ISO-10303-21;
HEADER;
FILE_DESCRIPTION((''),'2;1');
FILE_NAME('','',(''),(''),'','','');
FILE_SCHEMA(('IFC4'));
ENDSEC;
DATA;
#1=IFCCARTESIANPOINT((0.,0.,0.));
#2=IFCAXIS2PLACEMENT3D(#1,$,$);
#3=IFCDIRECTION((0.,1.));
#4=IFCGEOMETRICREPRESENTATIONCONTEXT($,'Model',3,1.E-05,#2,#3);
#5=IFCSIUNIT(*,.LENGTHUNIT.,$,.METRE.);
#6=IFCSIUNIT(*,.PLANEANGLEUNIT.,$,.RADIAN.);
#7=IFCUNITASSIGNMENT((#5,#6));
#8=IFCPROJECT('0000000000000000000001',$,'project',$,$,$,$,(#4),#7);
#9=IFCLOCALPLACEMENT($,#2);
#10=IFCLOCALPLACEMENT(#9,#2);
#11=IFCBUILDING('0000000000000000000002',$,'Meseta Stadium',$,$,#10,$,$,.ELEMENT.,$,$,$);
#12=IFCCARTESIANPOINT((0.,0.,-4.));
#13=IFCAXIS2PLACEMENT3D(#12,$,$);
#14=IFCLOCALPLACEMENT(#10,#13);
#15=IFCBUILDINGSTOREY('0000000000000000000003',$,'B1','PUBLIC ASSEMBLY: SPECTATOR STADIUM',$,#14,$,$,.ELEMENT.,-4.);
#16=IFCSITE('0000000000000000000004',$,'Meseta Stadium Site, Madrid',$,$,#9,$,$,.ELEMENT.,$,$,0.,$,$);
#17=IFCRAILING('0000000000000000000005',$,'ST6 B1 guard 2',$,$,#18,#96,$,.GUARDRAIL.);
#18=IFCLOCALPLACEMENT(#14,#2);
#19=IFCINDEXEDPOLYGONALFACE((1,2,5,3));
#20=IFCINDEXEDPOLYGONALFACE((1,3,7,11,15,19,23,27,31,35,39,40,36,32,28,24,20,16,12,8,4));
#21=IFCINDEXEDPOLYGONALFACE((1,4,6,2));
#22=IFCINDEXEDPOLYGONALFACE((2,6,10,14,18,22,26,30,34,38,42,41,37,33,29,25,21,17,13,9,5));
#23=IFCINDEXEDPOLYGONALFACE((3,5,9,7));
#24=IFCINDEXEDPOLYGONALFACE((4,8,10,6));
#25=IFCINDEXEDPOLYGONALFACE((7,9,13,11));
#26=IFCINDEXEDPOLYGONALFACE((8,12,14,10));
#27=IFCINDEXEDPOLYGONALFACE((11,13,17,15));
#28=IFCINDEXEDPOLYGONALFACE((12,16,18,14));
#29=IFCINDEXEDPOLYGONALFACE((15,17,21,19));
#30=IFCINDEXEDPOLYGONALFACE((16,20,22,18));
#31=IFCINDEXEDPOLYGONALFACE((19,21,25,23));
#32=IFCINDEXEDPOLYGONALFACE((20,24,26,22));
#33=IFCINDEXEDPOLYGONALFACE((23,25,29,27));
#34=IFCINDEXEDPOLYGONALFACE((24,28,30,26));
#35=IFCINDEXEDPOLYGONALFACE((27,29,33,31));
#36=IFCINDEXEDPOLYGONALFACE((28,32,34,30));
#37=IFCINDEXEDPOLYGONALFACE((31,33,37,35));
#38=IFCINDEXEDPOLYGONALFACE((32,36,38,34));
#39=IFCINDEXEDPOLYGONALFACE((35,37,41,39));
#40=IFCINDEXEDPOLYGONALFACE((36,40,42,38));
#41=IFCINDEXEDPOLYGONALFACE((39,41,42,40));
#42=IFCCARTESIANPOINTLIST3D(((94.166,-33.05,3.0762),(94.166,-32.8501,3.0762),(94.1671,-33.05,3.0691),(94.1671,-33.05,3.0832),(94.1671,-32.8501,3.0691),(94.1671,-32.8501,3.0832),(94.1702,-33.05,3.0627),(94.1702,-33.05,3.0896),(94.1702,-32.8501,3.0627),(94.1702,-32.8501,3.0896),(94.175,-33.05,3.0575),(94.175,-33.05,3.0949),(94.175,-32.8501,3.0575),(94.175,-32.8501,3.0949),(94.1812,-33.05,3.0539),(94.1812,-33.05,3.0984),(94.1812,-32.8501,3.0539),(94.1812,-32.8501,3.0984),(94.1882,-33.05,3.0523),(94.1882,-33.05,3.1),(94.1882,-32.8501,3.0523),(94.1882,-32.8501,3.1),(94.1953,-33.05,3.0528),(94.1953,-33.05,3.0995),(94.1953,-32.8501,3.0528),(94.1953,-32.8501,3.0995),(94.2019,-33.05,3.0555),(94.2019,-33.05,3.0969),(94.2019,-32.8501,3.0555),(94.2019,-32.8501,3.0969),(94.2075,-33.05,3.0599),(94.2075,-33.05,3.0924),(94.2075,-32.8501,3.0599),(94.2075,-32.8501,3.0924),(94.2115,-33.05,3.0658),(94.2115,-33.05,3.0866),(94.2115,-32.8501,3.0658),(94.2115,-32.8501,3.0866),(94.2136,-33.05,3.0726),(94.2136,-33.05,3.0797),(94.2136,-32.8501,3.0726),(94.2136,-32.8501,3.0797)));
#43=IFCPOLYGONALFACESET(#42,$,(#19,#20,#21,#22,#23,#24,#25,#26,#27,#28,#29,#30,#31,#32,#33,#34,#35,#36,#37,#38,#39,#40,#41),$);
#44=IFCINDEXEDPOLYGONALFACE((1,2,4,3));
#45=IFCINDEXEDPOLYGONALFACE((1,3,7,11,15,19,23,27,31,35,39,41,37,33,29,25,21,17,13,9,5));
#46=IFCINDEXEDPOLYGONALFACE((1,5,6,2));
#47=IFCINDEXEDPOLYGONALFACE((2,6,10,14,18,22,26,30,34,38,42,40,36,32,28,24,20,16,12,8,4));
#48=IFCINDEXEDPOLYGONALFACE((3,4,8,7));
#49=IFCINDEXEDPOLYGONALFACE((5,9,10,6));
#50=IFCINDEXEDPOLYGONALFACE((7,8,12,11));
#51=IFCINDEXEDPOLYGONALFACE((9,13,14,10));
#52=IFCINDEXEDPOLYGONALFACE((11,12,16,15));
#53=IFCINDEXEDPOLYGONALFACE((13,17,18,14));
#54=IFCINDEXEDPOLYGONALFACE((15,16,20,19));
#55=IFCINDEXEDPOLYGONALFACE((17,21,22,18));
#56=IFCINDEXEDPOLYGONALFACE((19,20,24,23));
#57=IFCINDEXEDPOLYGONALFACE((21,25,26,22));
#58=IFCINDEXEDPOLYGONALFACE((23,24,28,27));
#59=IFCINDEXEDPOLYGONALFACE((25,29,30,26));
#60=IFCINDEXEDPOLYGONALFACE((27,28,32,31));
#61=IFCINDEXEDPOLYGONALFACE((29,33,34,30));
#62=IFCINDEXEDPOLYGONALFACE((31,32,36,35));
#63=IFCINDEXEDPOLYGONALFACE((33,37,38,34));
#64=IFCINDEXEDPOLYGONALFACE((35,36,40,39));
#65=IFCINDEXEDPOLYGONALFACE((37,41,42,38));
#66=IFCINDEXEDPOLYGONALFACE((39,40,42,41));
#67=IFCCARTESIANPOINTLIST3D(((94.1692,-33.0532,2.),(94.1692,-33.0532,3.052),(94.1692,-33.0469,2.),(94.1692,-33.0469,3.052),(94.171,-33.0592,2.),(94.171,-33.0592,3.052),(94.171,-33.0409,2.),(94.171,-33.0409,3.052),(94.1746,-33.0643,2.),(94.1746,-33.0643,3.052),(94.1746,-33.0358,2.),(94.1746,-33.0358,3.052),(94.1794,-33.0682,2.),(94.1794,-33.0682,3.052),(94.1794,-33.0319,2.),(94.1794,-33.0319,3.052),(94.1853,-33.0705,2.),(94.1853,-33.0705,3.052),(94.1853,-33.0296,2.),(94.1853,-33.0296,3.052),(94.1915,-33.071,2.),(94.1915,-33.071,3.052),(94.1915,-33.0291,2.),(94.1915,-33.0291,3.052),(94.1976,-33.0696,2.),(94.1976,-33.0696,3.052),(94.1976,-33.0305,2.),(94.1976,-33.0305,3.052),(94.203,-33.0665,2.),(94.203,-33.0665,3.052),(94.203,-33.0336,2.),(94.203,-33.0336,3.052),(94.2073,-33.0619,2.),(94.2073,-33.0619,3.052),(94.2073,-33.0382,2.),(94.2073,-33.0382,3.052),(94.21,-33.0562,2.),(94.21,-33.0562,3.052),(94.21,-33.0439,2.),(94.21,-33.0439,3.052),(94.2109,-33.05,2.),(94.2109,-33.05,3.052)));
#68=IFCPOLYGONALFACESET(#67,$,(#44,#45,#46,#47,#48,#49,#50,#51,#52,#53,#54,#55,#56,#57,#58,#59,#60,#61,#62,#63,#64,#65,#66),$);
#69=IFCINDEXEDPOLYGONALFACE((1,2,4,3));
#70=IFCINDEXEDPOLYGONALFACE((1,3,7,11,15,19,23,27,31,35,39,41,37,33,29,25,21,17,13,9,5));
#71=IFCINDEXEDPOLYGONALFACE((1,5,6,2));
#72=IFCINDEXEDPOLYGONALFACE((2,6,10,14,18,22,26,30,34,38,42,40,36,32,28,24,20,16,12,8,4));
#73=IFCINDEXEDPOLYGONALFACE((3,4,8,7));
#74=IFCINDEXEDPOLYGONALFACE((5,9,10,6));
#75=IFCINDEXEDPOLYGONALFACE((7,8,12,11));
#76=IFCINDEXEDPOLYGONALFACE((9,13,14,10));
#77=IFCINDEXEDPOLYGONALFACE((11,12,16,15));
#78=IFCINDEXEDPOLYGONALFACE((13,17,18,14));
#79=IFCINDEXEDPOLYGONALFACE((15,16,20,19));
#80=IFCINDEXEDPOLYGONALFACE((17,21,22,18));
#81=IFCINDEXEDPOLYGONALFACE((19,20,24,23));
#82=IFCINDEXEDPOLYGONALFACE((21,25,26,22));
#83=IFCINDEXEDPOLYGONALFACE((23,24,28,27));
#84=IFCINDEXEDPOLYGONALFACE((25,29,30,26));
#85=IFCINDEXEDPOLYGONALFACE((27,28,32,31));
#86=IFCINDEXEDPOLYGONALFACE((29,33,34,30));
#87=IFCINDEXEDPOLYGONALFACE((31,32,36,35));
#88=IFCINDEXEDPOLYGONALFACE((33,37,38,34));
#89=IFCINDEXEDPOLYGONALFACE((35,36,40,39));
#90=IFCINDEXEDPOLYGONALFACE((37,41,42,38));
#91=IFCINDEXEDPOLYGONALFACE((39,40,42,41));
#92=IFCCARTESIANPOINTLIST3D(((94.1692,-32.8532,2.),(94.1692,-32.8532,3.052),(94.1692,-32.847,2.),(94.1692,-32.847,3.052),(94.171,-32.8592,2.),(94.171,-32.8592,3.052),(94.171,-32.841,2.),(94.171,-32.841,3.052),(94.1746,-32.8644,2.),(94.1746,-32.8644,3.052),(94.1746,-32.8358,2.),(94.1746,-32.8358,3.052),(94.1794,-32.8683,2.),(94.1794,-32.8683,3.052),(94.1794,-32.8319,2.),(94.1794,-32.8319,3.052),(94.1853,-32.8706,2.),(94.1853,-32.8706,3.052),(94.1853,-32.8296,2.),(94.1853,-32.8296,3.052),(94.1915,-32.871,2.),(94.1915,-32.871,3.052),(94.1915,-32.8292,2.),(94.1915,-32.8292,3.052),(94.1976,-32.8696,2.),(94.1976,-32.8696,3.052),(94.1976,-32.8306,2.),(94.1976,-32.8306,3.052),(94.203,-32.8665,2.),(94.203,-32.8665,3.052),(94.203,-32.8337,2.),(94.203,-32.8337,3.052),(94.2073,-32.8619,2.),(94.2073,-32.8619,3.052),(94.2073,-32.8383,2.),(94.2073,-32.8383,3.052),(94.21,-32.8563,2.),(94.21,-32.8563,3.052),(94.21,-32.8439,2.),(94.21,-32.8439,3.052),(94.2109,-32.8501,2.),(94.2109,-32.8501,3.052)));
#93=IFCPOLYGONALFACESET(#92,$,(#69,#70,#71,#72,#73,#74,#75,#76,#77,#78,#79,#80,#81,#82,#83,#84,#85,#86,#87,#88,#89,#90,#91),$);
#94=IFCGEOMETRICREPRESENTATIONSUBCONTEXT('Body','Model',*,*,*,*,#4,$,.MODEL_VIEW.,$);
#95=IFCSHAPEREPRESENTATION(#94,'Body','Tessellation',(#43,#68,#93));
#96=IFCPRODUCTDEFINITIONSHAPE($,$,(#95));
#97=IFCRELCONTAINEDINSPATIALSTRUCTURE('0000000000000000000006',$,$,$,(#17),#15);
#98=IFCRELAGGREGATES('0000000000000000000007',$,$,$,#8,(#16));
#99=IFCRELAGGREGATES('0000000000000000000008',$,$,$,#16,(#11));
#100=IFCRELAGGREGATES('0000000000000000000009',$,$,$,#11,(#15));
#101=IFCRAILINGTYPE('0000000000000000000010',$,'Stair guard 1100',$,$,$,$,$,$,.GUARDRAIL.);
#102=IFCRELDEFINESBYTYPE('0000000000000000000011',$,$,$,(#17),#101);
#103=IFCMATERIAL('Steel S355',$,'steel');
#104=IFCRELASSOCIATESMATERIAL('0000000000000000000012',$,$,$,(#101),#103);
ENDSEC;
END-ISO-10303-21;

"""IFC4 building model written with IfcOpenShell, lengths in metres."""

from ifc_helpers import new_model, si_unit, direction, frame, origin, origin_2d, place, context, subcontext, project, spatial, circle, extrude, material, type_object, element, save


model = new_model("IFC4")

# Units and contexts
model_context = context("Model", 3, precision=1e-05, world=origin(), true_north=direction((0.0, 1.0)))
body_context = subcontext(model_context, "Body", "Model", "MODEL_VIEW")
ifc_project = project(units=[si_unit("LENGTHUNIT", "METRE"), si_unit("PLANEANGLEUNIT", "RADIAN")], contexts=[model_context])

# Site, building, storey
site_placement = place(None, origin())
site = spatial("IfcSite", under=ifc_project, at=site_placement, Name="Meseta Stadium Site, Madrid", CompositionType="ELEMENT", RefElevation=0.0)
building_placement = place(site_placement, origin())
building = spatial("IfcBuilding", under=site, at=building_placement, Name="Meseta Stadium", CompositionType="ELEMENT")
storey_placement = place(building_placement, frame((0.0, 0.0, -4.0)))
storey = spatial("IfcBuildingStorey", under=building, at=storey_placement, Name="B1", Description="PUBLIC ASSEMBLY: SPECTATOR STADIUM", CompositionType="ELEMENT", Elevation=-4.0)

# Railing
ifc_material_1 = material(Name="Steel S355", Category="steel")
railing_type_1 = type_object("IfcRailingType", Name="Stair guard 1100", PredefinedType="GUARDRAIL", material=ifc_material_1)
railing_1_placement = place(storey_placement, frame((94.1899, -33.05, 2.0)))
element("IfcRailing", 1, at=railing_1_placement, inside=storey, type_object=railing_type_1, Name="ST6 B1 guard 2", PredefinedType="GUARDRAIL", context=body_context, shape_type="SweptSolid", body=[
    extrude(circle(Radius=0.0239, at=origin_2d()), frame((0.0, 0.0, 1.0762), z_axis=(0.0, 1.0, 0.0), x_axis=(-1.0, 0.0, 0.0)), (0.0, 0.0, 1.0), 0.2),
    extrude(circle(Radius=0.021, at=origin_2d()), origin(), (0.0, 0.0, 1.0), 1.052),
    extrude(circle(Radius=0.021, at=origin_2d()), frame((0.0, 0.2, 0.0)), (0.0, 0.0, 1.0), 1.052),
])

save(model, "model.ifc")
